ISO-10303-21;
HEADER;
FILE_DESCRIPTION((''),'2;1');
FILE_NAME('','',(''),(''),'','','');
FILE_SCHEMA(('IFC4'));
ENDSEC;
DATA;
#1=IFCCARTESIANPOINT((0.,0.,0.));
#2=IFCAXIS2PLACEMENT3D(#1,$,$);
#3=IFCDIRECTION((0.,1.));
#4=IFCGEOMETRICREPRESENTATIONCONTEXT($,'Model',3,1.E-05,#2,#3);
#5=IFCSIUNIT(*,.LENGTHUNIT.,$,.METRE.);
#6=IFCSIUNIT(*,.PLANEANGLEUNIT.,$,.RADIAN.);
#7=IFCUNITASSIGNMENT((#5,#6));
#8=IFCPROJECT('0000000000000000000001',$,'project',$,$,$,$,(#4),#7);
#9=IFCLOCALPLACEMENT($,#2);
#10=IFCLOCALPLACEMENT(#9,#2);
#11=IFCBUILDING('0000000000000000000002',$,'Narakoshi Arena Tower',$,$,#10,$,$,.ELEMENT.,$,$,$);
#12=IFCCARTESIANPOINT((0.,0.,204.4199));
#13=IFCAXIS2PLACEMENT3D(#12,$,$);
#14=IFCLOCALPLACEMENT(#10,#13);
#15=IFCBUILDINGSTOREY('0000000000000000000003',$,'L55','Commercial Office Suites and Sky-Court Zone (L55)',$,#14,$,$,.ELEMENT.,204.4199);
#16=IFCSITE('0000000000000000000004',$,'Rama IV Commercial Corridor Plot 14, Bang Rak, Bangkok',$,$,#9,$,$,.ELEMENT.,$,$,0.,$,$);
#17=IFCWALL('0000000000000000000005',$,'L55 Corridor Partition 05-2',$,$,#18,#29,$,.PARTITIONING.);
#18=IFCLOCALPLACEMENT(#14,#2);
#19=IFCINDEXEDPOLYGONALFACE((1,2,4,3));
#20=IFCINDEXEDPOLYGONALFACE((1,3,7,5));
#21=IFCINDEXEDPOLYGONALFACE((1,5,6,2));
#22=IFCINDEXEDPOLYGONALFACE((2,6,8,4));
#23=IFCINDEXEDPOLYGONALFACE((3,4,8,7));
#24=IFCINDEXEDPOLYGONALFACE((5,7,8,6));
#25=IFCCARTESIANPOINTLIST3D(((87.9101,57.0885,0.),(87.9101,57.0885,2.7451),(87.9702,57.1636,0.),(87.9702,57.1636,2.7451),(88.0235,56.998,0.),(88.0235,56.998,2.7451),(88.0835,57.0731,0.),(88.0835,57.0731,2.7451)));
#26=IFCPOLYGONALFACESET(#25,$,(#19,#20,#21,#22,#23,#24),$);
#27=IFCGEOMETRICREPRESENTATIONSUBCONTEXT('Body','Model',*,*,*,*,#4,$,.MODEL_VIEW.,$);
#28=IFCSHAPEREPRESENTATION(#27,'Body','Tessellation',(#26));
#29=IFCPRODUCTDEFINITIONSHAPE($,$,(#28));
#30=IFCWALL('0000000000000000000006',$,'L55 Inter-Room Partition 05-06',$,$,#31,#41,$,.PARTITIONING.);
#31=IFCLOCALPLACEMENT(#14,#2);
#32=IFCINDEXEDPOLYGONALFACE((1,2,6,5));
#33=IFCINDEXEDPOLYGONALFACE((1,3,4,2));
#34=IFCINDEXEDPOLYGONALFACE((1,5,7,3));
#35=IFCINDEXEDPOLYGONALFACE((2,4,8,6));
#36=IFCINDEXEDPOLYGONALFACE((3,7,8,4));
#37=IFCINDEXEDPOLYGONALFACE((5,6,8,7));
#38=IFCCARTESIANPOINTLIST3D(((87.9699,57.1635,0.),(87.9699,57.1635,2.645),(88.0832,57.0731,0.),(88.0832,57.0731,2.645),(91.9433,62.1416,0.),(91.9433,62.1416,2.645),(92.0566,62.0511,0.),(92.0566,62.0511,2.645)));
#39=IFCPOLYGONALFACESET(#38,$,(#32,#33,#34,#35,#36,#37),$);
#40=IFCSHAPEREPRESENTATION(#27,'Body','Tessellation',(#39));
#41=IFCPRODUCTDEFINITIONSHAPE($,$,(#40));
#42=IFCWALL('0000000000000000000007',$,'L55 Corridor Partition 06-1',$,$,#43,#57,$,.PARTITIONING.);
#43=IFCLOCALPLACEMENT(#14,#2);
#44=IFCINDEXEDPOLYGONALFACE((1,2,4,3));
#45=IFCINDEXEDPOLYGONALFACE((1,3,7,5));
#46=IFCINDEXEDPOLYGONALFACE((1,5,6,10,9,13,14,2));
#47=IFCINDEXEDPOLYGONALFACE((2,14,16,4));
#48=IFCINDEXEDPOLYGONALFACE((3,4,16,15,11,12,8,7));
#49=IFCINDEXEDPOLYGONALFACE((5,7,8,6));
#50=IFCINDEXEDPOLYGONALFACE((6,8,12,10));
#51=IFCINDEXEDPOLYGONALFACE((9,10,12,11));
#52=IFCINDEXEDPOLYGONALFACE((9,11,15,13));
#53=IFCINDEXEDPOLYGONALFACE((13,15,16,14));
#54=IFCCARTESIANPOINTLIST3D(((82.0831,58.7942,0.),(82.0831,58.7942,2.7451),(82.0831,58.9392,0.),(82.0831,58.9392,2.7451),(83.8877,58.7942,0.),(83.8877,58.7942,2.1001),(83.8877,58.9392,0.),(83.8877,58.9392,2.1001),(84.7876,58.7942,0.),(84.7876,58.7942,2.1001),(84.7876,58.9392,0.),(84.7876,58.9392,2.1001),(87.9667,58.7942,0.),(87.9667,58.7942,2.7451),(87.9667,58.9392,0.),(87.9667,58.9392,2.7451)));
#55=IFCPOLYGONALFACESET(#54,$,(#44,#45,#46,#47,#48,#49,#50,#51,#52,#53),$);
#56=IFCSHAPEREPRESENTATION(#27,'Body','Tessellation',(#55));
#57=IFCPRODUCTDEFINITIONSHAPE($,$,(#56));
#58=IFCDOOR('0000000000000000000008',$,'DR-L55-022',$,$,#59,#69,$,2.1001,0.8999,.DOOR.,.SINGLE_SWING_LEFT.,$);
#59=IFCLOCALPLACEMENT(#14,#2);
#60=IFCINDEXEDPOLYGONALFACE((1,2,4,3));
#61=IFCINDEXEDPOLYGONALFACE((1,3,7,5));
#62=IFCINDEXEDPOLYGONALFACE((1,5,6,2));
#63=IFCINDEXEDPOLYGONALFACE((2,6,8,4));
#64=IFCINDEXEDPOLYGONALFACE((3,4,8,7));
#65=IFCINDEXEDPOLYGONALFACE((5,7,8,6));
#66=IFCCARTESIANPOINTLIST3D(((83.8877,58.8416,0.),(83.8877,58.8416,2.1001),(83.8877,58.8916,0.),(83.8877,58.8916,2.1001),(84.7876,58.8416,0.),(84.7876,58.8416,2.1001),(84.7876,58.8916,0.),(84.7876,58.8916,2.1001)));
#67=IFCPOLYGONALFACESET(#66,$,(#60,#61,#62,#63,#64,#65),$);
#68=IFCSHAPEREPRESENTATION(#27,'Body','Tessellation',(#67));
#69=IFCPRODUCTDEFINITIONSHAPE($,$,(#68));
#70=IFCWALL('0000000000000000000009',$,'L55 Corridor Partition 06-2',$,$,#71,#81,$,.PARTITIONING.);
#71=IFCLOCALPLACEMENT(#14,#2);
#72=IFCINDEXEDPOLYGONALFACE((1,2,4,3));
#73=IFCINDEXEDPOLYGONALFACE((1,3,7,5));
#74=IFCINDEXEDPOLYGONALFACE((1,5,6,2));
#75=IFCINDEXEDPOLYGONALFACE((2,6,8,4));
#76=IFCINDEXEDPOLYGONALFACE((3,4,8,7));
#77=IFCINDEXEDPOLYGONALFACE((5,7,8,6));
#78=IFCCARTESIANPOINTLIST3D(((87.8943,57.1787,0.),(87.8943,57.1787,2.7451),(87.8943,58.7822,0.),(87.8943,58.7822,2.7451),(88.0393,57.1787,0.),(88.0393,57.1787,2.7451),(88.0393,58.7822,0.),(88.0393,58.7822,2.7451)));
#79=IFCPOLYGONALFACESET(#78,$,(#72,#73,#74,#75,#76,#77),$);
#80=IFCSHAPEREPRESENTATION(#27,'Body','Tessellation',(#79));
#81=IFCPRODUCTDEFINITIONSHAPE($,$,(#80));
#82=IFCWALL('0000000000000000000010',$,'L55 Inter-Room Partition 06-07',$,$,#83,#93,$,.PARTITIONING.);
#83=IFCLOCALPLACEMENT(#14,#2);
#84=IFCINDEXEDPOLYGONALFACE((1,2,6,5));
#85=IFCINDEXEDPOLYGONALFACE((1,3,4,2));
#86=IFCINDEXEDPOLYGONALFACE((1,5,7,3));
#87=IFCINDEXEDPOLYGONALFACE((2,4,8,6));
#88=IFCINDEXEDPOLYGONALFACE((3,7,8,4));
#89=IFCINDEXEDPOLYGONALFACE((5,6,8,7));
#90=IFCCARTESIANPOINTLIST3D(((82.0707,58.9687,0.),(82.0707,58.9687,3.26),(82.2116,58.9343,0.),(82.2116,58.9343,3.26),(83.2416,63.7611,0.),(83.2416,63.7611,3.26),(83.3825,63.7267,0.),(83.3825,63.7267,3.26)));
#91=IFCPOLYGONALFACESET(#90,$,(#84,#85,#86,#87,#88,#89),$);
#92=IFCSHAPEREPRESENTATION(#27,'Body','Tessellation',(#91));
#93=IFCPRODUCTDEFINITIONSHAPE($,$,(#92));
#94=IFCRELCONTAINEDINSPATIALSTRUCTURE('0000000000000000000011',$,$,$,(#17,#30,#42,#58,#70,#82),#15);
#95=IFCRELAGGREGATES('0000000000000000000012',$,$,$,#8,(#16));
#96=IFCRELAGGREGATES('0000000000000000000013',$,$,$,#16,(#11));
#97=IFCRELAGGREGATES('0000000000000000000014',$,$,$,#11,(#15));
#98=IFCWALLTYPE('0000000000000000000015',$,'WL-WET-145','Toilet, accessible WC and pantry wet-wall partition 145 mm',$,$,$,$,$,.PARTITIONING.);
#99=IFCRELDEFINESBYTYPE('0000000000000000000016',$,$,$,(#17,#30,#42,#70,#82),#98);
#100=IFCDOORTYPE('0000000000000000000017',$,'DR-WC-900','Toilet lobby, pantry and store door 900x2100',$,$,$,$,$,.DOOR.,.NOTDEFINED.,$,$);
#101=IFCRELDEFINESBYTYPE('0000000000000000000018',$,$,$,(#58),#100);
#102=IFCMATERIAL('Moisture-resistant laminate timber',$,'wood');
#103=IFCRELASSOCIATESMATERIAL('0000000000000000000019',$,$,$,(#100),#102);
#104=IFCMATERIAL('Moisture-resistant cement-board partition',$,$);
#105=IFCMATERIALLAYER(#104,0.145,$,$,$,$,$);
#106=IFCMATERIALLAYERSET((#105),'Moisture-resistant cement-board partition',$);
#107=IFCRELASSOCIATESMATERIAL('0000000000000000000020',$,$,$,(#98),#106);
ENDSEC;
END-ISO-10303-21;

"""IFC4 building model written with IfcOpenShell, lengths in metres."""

from ifc_helpers import new_model, si_unit, direction, frame, frame_2d, origin, place, context, subcontext, project, spatial, rectangle, extrude, material, layer, layer_set, type_object, element, fill, save


model = new_model("IFC4")

# Units and contexts
model_context = context("Model", 3, precision=1e-05, world=origin(), true_north=direction((0.0, 1.0)))
body_context = subcontext(model_context, "Body", "Model", "MODEL_VIEW")
ifc_project = project(units=[si_unit("LENGTHUNIT", "METRE"), si_unit("PLANEANGLEUNIT", "RADIAN")], contexts=[model_context])

# Site, building, storey
site_placement = place(None, origin())
site = spatial("IfcSite", under=ifc_project, at=site_placement, Name="Rama IV Commercial Corridor Plot 14, Bang Rak, Bangkok", CompositionType="ELEMENT", RefElevation=0.0)
building_placement = place(site_placement, origin())
building = spatial("IfcBuilding", under=site, at=building_placement, Name="Narakoshi Arena Tower", CompositionType="ELEMENT")
storey_placement = place(building_placement, frame((0.0, 0.0, 204.4199)))
storey = spatial("IfcBuildingStorey", under=building, at=storey_placement, Name="L55", Description="Commercial Office Suites and Sky-Court Zone (L55)", CompositionType="ELEMENT", Elevation=204.4199)

# Shared definitions
ifc_material_1 = material(Name="Moisture-resistant laminate timber", Category="wood")
door_type_1 = type_object("IfcDoorType", Name="DR-WC-900", Description="Toilet lobby, pantry and store door 900x2100", OperationType="NOTDEFINED", PredefinedType="DOOR", material=ifc_material_1)

# Shared definitions
ifc_material_2 = material(Name="Moisture-resistant cement-board partition")
ifc_layer_1 = layer(ifc_material_2, 0.145)
ifc_layer_set_1 = layer_set([ifc_layer_1], Name="Moisture-resistant cement-board partition")
wall_type_1 = type_object("IfcWallType", Name="WL-WET-145", Description="Toilet, accessible WC and pantry wet-wall partition 145 mm", PredefinedType="PARTITIONING", material=ifc_layer_set_1)

# Walls
wall_1_placement = place(storey_placement, frame((87.9668, 57.0432, 0.0), z_axis=(0.0, 0.0, 1.0), x_axis=(0.624076, 0.781364, 0.0)))
element("IfcWall", 1, at=wall_1_placement, inside=storey, type_object=wall_type_1, Name="L55 Corridor Partition 05-2", PredefinedType="PARTITIONING", context=body_context, shape_type="SweptSolid", body=[
    extrude(rectangle(XDim=0.0962, YDim=0.145, at=frame_2d((0.0481, 0.0))), origin(), (0.0, 0.0, 1.0), 2.7451),
])
wall_2_placement = place(storey_placement, frame((88.0266, 57.1184, 0.0), z_axis=(0.0, 0.0, 1.0), x_axis=(0.62383, 0.78156, 0.0)))
element("IfcWall", 2, at=wall_2_placement, inside=storey, type_object=wall_type_1, Name="L55 Inter-Room Partition 05-06", PredefinedType="PARTITIONING", context=body_context, shape_type="SweptSolid", body=[
    extrude(rectangle(XDim=6.3694, YDim=0.145, at=frame_2d((3.1846, 0.0))), origin(), (0.0, 0.0, 1.0), 2.645),
])

# Wall, opening, door
wall_3_placement = place(storey_placement, frame((87.9668, 58.8667, 0.0), z_axis=(0.0, 0.0, 1.0), x_axis=(-1.0, 0.0, 0.0)))
wall_3 = element("IfcWall", 3, at=wall_3_placement, inside=storey, type_object=wall_type_1, Name="L55 Corridor Partition 06-1", PredefinedType="PARTITIONING", context=body_context, shape_type="SweptSolid", body=[
    extrude(rectangle(XDim=5.8835, YDim=0.145, at=frame_2d((2.9419, 0.0))), origin(), (0.0, 0.0, 1.0), 2.7451),
])
opening_1_placement = place(wall_3_placement, frame((3.1792, 0.0, 0.0)))
opening_1 = element("IfcOpeningElement", 4, at=opening_1_placement, cuts=wall_3, PredefinedType="OPENING", context=body_context, shape_type="SweptSolid", body=[
    extrude(rectangle(XDim=0.8999, YDim=2.1001, at=frame_2d((0.45, 1.05))), frame((0.0, 0.0825, 0.0), z_axis=(0.0, -1.0, 0.0), x_axis=(1.0, 0.0, 0.0)), (0.0, 0.0, 1.0), 0.165),
])
door_1_placement = place(opening_1_placement, frame((0.8999, 0.0, 0.0), z_axis=(0.0, 0.0, 1.0), x_axis=(-1.0, 0.0, 0.0)))
door_1 = element("IfcDoor", 5, at=door_1_placement, inside=storey, type_object=door_type_1, Name="DR-L55-022", OperationType="SINGLE_SWING_LEFT", OverallHeight=2.1001, OverallWidth=0.8999, PredefinedType="DOOR", context=body_context, shape_type="SweptSolid", body=[
    extrude(rectangle(XDim=0.8999, YDim=2.1001, at=frame_2d((0.45, 1.05))), frame((0.0, 0.0249, 0.0), z_axis=(0.0, -1.0, 0.0), x_axis=(1.0, 0.0, 0.0)), (0.0, 0.0, 1.0), 0.05),
])
fill(opening_1, door_1)

# Walls
wall_4_placement = place(storey_placement, frame((87.9668, 57.1787, 0.0), z_axis=(0.0, 0.0, 1.0), x_axis=(0.0, 1.0, 0.0)))
element("IfcWall", 6, at=wall_4_placement, inside=storey, type_object=wall_type_1, Name="L55 Corridor Partition 06-2", PredefinedType="PARTITIONING", context=body_context, shape_type="SweptSolid", body=[
    extrude(rectangle(XDim=1.6035, YDim=0.145, at=frame_2d((0.8018, 0.0))), origin(), (0.0, 0.0, 1.0), 2.7451),
])
wall_5_placement = place(storey_placement, frame((82.1411, 58.9514, 0.0), z_axis=(0.0, 0.0, 1.0), x_axis=(0.237339, 0.971427, 0.0)))
element("IfcWall", 7, at=wall_5_placement, inside=storey, type_object=wall_type_1, Name="L55 Inter-Room Partition 06-07", PredefinedType="PARTITIONING", context=body_context, shape_type="SweptSolid", body=[
    extrude(rectangle(XDim=4.9333, YDim=0.145, at=frame_2d((2.4668, 0.0))), origin(), (0.0, 0.0, 1.0), 3.26),
])

save(model, "model.ifc")
